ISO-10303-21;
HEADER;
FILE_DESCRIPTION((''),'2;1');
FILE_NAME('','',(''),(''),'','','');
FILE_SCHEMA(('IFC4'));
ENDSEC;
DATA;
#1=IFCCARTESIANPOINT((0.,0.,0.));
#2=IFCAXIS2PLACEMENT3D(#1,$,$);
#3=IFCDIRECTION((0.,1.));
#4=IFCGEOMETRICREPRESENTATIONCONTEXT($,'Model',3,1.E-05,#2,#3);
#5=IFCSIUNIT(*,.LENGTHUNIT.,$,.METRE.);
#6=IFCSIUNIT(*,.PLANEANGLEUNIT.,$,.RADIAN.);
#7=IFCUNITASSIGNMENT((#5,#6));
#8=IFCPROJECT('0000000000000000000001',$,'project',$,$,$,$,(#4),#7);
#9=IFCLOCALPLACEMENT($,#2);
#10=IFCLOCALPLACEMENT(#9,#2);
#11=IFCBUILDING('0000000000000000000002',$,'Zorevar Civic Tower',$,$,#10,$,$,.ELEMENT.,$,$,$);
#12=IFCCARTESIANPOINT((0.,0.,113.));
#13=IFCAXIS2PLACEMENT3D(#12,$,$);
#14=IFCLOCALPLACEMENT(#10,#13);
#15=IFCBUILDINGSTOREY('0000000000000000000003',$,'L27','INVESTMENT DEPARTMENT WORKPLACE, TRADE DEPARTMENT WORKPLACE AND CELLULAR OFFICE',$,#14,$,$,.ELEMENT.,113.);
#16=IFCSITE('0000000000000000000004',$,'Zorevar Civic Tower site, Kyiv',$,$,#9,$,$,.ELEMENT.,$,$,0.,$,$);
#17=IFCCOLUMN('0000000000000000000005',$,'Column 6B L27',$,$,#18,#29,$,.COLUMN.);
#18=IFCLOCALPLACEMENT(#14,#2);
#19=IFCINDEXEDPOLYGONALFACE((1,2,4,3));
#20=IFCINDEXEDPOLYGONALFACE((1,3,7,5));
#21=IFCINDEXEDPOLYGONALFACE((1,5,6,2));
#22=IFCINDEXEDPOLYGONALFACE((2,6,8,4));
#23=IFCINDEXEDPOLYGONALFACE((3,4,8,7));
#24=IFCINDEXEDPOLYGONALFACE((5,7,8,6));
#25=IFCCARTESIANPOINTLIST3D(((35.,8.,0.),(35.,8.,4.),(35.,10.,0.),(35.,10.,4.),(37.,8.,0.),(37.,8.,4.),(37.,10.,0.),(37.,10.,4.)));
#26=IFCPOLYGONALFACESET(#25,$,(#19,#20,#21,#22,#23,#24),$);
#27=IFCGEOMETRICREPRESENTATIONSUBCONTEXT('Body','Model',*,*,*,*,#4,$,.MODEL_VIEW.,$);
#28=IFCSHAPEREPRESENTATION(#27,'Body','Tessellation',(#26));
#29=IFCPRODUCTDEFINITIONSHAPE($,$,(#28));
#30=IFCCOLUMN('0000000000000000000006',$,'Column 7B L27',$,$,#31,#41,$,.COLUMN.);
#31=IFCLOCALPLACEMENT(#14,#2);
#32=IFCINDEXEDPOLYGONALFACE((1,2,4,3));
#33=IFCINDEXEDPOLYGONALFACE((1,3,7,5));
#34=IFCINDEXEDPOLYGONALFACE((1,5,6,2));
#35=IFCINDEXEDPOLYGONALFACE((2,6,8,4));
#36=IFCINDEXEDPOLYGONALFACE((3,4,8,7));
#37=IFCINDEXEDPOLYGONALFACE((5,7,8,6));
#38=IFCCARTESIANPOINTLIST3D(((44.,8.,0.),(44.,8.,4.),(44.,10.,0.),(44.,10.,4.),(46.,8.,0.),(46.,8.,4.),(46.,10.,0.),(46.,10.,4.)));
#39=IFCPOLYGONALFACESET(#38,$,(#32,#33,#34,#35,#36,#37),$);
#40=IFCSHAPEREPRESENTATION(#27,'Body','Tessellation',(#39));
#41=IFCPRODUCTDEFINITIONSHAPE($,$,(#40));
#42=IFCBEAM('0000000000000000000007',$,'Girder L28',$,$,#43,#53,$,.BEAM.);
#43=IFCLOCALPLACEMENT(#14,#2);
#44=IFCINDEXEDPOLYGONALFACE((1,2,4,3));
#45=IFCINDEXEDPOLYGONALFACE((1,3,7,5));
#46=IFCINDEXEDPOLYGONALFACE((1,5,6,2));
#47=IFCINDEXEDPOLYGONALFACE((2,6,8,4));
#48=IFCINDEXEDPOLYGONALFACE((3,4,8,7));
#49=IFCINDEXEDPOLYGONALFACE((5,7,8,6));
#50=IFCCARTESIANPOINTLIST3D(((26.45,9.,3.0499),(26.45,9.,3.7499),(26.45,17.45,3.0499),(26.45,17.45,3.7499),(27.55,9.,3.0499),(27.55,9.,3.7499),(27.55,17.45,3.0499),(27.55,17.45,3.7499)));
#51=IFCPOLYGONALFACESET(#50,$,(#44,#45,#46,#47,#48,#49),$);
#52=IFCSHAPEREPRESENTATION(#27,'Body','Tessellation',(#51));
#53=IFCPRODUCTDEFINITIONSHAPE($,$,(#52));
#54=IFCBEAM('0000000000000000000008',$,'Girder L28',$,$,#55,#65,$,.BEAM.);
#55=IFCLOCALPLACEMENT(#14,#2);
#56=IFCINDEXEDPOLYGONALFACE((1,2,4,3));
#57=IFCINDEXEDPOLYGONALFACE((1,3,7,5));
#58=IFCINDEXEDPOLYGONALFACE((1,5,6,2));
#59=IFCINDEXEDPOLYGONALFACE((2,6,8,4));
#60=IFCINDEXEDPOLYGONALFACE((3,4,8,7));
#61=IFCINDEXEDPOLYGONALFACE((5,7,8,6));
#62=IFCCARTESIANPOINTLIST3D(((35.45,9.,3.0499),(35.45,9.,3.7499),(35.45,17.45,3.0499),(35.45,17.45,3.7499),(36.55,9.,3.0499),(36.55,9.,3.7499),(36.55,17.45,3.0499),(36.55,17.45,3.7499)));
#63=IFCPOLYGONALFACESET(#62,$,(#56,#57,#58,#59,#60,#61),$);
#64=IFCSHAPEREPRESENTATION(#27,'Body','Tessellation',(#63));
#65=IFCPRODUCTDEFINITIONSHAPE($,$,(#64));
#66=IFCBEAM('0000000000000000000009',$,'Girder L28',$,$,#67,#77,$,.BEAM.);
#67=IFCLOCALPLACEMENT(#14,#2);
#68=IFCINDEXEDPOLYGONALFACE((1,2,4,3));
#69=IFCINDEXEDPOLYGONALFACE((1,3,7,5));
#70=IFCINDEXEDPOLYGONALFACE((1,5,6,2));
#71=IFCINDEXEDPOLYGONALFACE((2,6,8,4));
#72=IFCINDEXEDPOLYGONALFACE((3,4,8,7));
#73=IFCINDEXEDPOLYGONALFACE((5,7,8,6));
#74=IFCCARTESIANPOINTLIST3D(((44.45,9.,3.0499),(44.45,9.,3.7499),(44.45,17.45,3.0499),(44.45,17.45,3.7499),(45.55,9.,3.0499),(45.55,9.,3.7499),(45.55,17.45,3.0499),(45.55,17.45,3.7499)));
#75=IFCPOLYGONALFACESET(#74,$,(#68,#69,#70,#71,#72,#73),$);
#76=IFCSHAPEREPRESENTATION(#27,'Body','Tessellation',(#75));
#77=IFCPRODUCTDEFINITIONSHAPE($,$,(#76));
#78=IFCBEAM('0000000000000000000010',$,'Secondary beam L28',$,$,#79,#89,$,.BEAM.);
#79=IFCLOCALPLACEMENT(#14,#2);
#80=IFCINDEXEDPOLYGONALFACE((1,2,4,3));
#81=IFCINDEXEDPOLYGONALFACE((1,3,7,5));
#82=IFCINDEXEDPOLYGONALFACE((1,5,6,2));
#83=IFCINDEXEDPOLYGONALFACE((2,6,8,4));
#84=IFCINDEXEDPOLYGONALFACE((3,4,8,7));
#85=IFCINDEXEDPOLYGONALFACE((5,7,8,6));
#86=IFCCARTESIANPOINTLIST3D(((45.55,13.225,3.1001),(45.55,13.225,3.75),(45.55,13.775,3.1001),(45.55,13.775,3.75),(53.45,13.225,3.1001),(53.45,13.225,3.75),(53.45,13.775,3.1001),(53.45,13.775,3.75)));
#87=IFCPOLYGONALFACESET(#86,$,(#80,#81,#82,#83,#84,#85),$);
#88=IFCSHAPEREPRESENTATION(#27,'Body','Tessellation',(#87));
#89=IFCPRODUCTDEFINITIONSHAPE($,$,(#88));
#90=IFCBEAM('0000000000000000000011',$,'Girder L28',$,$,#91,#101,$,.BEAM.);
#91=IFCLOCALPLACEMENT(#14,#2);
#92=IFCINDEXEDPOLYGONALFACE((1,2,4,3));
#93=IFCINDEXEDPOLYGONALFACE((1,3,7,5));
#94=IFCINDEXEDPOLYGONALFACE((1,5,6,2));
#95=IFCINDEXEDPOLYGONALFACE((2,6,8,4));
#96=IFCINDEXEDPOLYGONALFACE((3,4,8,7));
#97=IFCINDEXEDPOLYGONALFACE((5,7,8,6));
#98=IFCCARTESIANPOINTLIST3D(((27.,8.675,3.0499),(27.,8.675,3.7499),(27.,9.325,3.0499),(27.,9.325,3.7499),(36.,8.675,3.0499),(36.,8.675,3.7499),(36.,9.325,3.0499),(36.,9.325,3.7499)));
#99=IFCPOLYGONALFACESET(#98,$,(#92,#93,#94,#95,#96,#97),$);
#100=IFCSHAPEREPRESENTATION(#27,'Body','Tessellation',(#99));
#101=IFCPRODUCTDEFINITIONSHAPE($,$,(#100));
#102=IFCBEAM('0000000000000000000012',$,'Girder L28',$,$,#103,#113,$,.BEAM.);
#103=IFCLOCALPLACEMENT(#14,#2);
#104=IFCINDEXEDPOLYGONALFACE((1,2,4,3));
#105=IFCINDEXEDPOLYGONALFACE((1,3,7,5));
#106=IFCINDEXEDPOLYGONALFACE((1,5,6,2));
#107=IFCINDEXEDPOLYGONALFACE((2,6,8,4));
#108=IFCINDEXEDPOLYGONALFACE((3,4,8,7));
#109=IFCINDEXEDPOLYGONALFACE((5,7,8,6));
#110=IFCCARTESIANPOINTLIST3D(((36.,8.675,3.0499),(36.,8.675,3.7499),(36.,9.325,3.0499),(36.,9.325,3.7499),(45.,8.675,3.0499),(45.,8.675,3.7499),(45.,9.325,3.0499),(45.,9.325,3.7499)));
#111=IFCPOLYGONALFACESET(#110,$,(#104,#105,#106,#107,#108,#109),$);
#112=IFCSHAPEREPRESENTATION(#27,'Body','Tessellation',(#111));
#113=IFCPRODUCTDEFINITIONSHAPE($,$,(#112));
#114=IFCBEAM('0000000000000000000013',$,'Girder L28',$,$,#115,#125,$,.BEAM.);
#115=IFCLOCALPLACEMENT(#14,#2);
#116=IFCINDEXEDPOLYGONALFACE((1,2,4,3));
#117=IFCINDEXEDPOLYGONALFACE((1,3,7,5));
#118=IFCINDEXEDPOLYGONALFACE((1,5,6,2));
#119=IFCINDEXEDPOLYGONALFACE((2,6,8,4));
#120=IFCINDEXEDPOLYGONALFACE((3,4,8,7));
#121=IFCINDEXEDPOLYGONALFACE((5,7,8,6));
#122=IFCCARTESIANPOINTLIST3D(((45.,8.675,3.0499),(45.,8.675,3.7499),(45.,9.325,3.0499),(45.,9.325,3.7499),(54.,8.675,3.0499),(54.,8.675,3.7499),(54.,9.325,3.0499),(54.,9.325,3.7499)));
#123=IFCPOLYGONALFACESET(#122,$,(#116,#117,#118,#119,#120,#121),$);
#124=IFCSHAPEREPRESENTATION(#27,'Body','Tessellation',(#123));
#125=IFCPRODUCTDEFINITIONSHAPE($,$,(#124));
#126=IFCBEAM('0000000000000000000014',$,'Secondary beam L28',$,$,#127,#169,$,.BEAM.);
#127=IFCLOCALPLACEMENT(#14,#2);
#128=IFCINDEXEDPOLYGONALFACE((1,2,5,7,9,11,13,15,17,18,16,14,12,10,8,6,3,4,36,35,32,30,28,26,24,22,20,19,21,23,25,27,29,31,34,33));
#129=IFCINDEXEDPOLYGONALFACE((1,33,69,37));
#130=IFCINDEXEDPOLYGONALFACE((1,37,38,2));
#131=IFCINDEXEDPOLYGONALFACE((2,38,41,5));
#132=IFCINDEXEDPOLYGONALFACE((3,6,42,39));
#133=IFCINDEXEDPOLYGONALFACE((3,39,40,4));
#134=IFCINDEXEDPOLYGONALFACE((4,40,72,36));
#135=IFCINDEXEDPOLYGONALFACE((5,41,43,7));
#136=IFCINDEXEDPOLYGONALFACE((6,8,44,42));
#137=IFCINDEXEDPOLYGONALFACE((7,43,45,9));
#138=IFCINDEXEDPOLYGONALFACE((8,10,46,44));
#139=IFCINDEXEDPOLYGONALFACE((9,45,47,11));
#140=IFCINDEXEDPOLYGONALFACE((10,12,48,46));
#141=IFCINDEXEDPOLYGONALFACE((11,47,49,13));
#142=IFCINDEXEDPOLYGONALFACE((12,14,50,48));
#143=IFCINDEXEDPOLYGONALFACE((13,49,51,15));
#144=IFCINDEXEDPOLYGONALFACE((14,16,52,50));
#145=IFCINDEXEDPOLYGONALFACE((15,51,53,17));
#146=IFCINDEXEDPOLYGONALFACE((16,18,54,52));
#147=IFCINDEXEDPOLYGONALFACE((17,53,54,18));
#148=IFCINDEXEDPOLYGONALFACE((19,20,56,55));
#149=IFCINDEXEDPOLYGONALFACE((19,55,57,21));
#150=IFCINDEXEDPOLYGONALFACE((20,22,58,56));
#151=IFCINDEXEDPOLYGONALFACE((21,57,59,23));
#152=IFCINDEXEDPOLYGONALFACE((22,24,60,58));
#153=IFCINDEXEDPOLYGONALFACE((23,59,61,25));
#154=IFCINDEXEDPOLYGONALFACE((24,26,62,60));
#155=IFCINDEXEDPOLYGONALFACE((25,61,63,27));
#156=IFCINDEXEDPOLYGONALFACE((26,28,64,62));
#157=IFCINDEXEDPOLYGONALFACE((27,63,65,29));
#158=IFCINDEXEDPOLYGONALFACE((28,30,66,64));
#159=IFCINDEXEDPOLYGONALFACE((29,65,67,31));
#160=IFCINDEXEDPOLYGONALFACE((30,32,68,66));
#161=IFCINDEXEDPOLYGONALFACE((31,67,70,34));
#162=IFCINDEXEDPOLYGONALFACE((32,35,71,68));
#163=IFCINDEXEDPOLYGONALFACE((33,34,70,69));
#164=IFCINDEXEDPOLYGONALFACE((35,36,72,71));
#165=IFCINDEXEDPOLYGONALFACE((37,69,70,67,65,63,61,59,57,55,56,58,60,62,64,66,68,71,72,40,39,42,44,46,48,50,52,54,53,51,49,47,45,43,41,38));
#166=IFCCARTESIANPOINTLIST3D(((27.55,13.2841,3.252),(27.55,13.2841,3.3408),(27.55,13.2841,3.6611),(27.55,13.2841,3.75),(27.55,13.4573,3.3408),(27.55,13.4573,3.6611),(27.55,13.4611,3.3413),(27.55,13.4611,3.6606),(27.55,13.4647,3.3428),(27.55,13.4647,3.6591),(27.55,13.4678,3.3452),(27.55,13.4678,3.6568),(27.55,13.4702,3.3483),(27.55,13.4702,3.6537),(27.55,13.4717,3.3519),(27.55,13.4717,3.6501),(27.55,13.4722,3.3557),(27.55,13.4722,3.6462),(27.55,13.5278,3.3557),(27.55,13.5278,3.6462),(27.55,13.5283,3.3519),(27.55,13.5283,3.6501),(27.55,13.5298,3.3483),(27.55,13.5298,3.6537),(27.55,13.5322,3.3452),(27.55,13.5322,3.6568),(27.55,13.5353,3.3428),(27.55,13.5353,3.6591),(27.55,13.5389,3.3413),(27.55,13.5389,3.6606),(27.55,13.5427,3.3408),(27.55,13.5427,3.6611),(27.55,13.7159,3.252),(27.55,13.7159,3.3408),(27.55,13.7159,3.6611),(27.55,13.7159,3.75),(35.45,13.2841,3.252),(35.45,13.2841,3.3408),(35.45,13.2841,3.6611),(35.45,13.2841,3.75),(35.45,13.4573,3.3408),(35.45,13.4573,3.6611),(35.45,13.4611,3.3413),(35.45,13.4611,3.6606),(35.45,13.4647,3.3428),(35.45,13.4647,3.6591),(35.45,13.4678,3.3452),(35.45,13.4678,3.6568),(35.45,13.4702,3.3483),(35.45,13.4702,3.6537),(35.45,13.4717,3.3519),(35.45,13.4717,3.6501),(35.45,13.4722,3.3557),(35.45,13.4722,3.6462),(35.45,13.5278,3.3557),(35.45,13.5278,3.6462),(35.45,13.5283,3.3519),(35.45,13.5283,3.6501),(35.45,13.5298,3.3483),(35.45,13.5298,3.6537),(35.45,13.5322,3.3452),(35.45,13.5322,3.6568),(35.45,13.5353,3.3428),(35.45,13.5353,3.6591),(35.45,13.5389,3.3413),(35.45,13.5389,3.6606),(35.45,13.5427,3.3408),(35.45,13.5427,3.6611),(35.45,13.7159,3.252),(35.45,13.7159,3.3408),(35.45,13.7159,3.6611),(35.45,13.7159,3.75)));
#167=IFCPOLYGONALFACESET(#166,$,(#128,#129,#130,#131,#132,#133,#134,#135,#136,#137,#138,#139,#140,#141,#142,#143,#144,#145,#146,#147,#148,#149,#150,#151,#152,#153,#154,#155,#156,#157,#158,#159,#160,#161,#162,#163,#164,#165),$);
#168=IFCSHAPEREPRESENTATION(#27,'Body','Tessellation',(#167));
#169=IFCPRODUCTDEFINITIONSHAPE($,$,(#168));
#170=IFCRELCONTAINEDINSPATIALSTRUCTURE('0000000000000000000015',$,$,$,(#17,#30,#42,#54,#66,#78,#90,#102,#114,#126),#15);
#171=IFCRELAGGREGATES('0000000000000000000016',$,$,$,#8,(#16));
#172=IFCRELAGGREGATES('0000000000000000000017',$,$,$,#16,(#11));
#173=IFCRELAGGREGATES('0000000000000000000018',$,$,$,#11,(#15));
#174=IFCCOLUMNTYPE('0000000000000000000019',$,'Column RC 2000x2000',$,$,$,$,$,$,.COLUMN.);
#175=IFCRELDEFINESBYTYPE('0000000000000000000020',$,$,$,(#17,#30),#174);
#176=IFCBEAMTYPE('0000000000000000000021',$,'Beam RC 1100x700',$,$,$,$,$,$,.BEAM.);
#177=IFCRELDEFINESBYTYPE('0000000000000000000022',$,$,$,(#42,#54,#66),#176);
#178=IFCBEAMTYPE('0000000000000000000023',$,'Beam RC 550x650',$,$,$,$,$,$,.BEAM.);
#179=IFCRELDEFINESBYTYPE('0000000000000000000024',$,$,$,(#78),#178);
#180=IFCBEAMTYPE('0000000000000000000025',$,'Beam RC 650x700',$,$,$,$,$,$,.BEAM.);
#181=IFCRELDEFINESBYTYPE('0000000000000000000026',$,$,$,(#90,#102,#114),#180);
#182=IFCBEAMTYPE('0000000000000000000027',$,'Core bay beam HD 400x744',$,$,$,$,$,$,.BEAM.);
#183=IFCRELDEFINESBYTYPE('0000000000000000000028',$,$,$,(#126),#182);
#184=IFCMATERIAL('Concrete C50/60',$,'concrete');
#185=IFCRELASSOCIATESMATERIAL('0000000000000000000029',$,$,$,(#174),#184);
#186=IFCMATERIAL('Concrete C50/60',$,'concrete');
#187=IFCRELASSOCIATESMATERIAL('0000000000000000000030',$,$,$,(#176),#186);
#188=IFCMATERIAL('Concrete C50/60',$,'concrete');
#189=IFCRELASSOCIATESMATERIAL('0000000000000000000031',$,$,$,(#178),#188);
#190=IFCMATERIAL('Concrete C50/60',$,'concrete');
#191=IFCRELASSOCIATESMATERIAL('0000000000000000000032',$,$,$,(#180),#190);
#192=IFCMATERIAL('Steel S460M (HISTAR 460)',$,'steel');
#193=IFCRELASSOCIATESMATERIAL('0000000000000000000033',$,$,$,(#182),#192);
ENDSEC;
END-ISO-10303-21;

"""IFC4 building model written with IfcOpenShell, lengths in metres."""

from ifc_helpers import new_model, si_unit, direction, frame, origin, origin_2d, place, context, subcontext, project, spatial, rectangle, i_section, extrude, material, material_profile, profile_set, type_object, element, save


model = new_model("IFC4")

# Units and contexts
model_context = context("Model", 3, precision=1e-05, world=origin(), true_north=direction((0.0, 1.0)))
body_context = subcontext(model_context, "Body", "Model", "MODEL_VIEW")
ifc_project = project(units=[si_unit("LENGTHUNIT", "METRE"), si_unit("PLANEANGLEUNIT", "RADIAN")], contexts=[model_context])

# Site, building, storey
site_placement = place(None, origin())
site = spatial("IfcSite", under=ifc_project, at=site_placement, Name="Zorevar Civic Tower site, Kyiv", CompositionType="ELEMENT", RefElevation=0.0)
building_placement = place(site_placement, origin())
building = spatial("IfcBuilding", under=site, at=building_placement, Name="Zorevar Civic Tower", CompositionType="ELEMENT")
storey_placement = place(building_placement, frame((0.0, 0.0, 113.0)))
storey = spatial("IfcBuildingStorey", under=building, at=storey_placement, Name="L27", Description="INVESTMENT DEPARTMENT WORKPLACE, TRADE DEPARTMENT WORKPLACE AND CELLULAR OFFICE", CompositionType="ELEMENT", Elevation=113.0)

# Columns
ifc_material_1 = material(Name="Concrete C50/60", Category="concrete")
ifc_material_profile_1 = material_profile(ifc_material_1, rectangle(XDim=2.0, YDim=2.0, at=origin_2d()), Name="RC 2000x2000")
ifc_profile_set_1 = profile_set([ifc_material_profile_1], Name="Concrete C50/60")
column_type = type_object("IfcColumnType", Name="Column RC 2000x2000", PredefinedType="COLUMN", material=ifc_profile_set_1)
for number, where, z_axis, x_axis, name in (
    (1, (36.0, 9.0, 0.0), (0.0, 0.0, 1.0), (1.0, 0.0, 0.0), "Column 6B L27"),
    (2, (45.0, 9.0, 0.0), (0.0, 0.0, 1.0), (1.0, 0.0, 0.0), "Column 7B L27"),
):
    element("IfcColumn", number, at=place(storey_placement, frame(where, z_axis=z_axis, x_axis=x_axis)), inside=storey, type_object=column_type, Name=name, PredefinedType="COLUMN", context=body_context, shape_type="SweptSolid", body=[
        extrude(rectangle(XDim=2.0, YDim=2.0, at=origin_2d()), origin(), (0.0, 0.0, 1.0), 4.0),
    ])

# Beams
ifc_material_2 = material(Name="Concrete C50/60", Category="concrete")
ifc_material_profile_2 = material_profile(ifc_material_2, rectangle(XDim=1.1001, YDim=0.7, at=origin_2d()), Name="RC 1100x700")
ifc_profile_set_2 = profile_set([ifc_material_profile_2], Name="Concrete C50/60")
beam_type_1 = type_object("IfcBeamType", Name="Beam RC 1100x700", PredefinedType="BEAM", material=ifc_profile_set_2)
for number, where, z_axis, x_axis, name in (
    (3, (27.0, 9.0, 3.3999), (0.0, 1.0, 0.0), (-1.0, 0.0, 0.0), "Girder L28"),
    (4, (36.0, 9.0, 3.3999), (0.0, 1.0, 0.0), (-1.0, 0.0, 0.0), "Girder L28"),
    (5, (45.0, 9.0, 3.3999), (0.0, 1.0, 0.0), (-1.0, 0.0, 0.0), "Girder L28"),
):
    element("IfcBeam", number, at=place(storey_placement, frame(where, z_axis=z_axis, x_axis=x_axis)), inside=storey, type_object=beam_type_1, Name=name, PredefinedType="BEAM", context=body_context, shape_type="SweptSolid", body=[
        extrude(rectangle(XDim=1.1001, YDim=0.7, at=origin_2d()), origin(), (0.0, 0.0, 1.0), 8.45),
    ])
ifc_material_3 = material(Name="Concrete C50/60", Category="concrete")
ifc_material_profile_3 = material_profile(ifc_material_3, rectangle(XDim=0.55, YDim=0.6499, at=origin_2d()), Name="RC 550x650")
ifc_profile_set_3 = profile_set([ifc_material_profile_3], Name="Concrete C50/60")
beam_type_2 = type_object("IfcBeamType", Name="Beam RC 550x650", PredefinedType="BEAM", material=ifc_profile_set_3)
beam_placement = place(storey_placement, frame((45.55, 13.5, 3.425), z_axis=(1.0, 0.0, 0.0), x_axis=(0.0, 1.0, 0.0)))
element("IfcBeam", 6, at=beam_placement, inside=storey, type_object=beam_type_2, Name="Secondary beam L28", PredefinedType="BEAM", context=body_context, shape_type="SweptSolid", body=[
    extrude(rectangle(XDim=0.55, YDim=0.6499, at=origin_2d()), origin(), (0.0, 0.0, 1.0), 7.8999),
])
ifc_material_4 = material(Name="Concrete C50/60", Category="concrete")
ifc_material_profile_4 = material_profile(ifc_material_4, rectangle(XDim=0.6499, YDim=0.7, at=origin_2d()), Name="RC 650x700")
ifc_profile_set_4 = profile_set([ifc_material_profile_4], Name="Concrete C50/60")
beam_type_3 = type_object("IfcBeamType", Name="Beam RC 650x700", PredefinedType="BEAM", material=ifc_profile_set_4)
for number, where, z_axis, x_axis, name in (
    (7, (27.0, 9.0, 3.3999), (1.0, 0.0, 0.0), (0.0, 1.0, 0.0), "Girder L28"),
    (8, (36.0, 9.0, 3.3999), (1.0, 0.0, 0.0), (0.0, 1.0, 0.0), "Girder L28"),
    (9, (45.0, 9.0, 3.3999), (1.0, 0.0, 0.0), (0.0, 1.0, 0.0), "Girder L28"),
):
    element("IfcBeam", number, at=place(storey_placement, frame(where, z_axis=z_axis, x_axis=x_axis)), inside=storey, type_object=beam_type_3, Name=name, PredefinedType="BEAM", context=body_context, shape_type="SweptSolid", body=[
        extrude(rectangle(XDim=0.6499, YDim=0.7, at=origin_2d()), origin(), (0.0, 0.0, 1.0), 9.0),
    ])
ifc_material_5 = material(Name="Steel S460M (HISTAR 460)", Category="steel")
ifc_material_profile_5 = material_profile(ifc_material_5, i_section(OverallWidth=0.4319, OverallDepth=0.498, WebThickness=0.0557, FlangeThickness=0.0889, FilletRadius=0.0149, at=origin_2d()), Name="HD 400x744")
ifc_profile_set_5 = profile_set([ifc_material_profile_5], Name="Steel S460M (HISTAR 460)")
beam_type_4 = type_object("IfcBeamType", Name="Core bay beam HD 400x744", PredefinedType="BEAM", material=ifc_profile_set_5)
for number, where, z_axis, x_axis, name in (
    (10, (27.55, 13.5, 3.501), (1.0, 0.0, 0.0), (0.0, 1.0, 0.0), "Secondary beam L28"),
):
    element("IfcBeam", number, at=place(storey_placement, frame(where, z_axis=z_axis, x_axis=x_axis)), inside=storey, type_object=beam_type_4, Name=name, PredefinedType="BEAM", context=body_context, shape_type="SweptSolid", body=[
        extrude(i_section(OverallWidth=0.4319, OverallDepth=0.498, WebThickness=0.0557, FlangeThickness=0.0889, FilletRadius=0.0149, at=origin_2d()), origin(), (0.0, 0.0, 1.0), 7.8999),
    ])

save(model, "model.ifc")
